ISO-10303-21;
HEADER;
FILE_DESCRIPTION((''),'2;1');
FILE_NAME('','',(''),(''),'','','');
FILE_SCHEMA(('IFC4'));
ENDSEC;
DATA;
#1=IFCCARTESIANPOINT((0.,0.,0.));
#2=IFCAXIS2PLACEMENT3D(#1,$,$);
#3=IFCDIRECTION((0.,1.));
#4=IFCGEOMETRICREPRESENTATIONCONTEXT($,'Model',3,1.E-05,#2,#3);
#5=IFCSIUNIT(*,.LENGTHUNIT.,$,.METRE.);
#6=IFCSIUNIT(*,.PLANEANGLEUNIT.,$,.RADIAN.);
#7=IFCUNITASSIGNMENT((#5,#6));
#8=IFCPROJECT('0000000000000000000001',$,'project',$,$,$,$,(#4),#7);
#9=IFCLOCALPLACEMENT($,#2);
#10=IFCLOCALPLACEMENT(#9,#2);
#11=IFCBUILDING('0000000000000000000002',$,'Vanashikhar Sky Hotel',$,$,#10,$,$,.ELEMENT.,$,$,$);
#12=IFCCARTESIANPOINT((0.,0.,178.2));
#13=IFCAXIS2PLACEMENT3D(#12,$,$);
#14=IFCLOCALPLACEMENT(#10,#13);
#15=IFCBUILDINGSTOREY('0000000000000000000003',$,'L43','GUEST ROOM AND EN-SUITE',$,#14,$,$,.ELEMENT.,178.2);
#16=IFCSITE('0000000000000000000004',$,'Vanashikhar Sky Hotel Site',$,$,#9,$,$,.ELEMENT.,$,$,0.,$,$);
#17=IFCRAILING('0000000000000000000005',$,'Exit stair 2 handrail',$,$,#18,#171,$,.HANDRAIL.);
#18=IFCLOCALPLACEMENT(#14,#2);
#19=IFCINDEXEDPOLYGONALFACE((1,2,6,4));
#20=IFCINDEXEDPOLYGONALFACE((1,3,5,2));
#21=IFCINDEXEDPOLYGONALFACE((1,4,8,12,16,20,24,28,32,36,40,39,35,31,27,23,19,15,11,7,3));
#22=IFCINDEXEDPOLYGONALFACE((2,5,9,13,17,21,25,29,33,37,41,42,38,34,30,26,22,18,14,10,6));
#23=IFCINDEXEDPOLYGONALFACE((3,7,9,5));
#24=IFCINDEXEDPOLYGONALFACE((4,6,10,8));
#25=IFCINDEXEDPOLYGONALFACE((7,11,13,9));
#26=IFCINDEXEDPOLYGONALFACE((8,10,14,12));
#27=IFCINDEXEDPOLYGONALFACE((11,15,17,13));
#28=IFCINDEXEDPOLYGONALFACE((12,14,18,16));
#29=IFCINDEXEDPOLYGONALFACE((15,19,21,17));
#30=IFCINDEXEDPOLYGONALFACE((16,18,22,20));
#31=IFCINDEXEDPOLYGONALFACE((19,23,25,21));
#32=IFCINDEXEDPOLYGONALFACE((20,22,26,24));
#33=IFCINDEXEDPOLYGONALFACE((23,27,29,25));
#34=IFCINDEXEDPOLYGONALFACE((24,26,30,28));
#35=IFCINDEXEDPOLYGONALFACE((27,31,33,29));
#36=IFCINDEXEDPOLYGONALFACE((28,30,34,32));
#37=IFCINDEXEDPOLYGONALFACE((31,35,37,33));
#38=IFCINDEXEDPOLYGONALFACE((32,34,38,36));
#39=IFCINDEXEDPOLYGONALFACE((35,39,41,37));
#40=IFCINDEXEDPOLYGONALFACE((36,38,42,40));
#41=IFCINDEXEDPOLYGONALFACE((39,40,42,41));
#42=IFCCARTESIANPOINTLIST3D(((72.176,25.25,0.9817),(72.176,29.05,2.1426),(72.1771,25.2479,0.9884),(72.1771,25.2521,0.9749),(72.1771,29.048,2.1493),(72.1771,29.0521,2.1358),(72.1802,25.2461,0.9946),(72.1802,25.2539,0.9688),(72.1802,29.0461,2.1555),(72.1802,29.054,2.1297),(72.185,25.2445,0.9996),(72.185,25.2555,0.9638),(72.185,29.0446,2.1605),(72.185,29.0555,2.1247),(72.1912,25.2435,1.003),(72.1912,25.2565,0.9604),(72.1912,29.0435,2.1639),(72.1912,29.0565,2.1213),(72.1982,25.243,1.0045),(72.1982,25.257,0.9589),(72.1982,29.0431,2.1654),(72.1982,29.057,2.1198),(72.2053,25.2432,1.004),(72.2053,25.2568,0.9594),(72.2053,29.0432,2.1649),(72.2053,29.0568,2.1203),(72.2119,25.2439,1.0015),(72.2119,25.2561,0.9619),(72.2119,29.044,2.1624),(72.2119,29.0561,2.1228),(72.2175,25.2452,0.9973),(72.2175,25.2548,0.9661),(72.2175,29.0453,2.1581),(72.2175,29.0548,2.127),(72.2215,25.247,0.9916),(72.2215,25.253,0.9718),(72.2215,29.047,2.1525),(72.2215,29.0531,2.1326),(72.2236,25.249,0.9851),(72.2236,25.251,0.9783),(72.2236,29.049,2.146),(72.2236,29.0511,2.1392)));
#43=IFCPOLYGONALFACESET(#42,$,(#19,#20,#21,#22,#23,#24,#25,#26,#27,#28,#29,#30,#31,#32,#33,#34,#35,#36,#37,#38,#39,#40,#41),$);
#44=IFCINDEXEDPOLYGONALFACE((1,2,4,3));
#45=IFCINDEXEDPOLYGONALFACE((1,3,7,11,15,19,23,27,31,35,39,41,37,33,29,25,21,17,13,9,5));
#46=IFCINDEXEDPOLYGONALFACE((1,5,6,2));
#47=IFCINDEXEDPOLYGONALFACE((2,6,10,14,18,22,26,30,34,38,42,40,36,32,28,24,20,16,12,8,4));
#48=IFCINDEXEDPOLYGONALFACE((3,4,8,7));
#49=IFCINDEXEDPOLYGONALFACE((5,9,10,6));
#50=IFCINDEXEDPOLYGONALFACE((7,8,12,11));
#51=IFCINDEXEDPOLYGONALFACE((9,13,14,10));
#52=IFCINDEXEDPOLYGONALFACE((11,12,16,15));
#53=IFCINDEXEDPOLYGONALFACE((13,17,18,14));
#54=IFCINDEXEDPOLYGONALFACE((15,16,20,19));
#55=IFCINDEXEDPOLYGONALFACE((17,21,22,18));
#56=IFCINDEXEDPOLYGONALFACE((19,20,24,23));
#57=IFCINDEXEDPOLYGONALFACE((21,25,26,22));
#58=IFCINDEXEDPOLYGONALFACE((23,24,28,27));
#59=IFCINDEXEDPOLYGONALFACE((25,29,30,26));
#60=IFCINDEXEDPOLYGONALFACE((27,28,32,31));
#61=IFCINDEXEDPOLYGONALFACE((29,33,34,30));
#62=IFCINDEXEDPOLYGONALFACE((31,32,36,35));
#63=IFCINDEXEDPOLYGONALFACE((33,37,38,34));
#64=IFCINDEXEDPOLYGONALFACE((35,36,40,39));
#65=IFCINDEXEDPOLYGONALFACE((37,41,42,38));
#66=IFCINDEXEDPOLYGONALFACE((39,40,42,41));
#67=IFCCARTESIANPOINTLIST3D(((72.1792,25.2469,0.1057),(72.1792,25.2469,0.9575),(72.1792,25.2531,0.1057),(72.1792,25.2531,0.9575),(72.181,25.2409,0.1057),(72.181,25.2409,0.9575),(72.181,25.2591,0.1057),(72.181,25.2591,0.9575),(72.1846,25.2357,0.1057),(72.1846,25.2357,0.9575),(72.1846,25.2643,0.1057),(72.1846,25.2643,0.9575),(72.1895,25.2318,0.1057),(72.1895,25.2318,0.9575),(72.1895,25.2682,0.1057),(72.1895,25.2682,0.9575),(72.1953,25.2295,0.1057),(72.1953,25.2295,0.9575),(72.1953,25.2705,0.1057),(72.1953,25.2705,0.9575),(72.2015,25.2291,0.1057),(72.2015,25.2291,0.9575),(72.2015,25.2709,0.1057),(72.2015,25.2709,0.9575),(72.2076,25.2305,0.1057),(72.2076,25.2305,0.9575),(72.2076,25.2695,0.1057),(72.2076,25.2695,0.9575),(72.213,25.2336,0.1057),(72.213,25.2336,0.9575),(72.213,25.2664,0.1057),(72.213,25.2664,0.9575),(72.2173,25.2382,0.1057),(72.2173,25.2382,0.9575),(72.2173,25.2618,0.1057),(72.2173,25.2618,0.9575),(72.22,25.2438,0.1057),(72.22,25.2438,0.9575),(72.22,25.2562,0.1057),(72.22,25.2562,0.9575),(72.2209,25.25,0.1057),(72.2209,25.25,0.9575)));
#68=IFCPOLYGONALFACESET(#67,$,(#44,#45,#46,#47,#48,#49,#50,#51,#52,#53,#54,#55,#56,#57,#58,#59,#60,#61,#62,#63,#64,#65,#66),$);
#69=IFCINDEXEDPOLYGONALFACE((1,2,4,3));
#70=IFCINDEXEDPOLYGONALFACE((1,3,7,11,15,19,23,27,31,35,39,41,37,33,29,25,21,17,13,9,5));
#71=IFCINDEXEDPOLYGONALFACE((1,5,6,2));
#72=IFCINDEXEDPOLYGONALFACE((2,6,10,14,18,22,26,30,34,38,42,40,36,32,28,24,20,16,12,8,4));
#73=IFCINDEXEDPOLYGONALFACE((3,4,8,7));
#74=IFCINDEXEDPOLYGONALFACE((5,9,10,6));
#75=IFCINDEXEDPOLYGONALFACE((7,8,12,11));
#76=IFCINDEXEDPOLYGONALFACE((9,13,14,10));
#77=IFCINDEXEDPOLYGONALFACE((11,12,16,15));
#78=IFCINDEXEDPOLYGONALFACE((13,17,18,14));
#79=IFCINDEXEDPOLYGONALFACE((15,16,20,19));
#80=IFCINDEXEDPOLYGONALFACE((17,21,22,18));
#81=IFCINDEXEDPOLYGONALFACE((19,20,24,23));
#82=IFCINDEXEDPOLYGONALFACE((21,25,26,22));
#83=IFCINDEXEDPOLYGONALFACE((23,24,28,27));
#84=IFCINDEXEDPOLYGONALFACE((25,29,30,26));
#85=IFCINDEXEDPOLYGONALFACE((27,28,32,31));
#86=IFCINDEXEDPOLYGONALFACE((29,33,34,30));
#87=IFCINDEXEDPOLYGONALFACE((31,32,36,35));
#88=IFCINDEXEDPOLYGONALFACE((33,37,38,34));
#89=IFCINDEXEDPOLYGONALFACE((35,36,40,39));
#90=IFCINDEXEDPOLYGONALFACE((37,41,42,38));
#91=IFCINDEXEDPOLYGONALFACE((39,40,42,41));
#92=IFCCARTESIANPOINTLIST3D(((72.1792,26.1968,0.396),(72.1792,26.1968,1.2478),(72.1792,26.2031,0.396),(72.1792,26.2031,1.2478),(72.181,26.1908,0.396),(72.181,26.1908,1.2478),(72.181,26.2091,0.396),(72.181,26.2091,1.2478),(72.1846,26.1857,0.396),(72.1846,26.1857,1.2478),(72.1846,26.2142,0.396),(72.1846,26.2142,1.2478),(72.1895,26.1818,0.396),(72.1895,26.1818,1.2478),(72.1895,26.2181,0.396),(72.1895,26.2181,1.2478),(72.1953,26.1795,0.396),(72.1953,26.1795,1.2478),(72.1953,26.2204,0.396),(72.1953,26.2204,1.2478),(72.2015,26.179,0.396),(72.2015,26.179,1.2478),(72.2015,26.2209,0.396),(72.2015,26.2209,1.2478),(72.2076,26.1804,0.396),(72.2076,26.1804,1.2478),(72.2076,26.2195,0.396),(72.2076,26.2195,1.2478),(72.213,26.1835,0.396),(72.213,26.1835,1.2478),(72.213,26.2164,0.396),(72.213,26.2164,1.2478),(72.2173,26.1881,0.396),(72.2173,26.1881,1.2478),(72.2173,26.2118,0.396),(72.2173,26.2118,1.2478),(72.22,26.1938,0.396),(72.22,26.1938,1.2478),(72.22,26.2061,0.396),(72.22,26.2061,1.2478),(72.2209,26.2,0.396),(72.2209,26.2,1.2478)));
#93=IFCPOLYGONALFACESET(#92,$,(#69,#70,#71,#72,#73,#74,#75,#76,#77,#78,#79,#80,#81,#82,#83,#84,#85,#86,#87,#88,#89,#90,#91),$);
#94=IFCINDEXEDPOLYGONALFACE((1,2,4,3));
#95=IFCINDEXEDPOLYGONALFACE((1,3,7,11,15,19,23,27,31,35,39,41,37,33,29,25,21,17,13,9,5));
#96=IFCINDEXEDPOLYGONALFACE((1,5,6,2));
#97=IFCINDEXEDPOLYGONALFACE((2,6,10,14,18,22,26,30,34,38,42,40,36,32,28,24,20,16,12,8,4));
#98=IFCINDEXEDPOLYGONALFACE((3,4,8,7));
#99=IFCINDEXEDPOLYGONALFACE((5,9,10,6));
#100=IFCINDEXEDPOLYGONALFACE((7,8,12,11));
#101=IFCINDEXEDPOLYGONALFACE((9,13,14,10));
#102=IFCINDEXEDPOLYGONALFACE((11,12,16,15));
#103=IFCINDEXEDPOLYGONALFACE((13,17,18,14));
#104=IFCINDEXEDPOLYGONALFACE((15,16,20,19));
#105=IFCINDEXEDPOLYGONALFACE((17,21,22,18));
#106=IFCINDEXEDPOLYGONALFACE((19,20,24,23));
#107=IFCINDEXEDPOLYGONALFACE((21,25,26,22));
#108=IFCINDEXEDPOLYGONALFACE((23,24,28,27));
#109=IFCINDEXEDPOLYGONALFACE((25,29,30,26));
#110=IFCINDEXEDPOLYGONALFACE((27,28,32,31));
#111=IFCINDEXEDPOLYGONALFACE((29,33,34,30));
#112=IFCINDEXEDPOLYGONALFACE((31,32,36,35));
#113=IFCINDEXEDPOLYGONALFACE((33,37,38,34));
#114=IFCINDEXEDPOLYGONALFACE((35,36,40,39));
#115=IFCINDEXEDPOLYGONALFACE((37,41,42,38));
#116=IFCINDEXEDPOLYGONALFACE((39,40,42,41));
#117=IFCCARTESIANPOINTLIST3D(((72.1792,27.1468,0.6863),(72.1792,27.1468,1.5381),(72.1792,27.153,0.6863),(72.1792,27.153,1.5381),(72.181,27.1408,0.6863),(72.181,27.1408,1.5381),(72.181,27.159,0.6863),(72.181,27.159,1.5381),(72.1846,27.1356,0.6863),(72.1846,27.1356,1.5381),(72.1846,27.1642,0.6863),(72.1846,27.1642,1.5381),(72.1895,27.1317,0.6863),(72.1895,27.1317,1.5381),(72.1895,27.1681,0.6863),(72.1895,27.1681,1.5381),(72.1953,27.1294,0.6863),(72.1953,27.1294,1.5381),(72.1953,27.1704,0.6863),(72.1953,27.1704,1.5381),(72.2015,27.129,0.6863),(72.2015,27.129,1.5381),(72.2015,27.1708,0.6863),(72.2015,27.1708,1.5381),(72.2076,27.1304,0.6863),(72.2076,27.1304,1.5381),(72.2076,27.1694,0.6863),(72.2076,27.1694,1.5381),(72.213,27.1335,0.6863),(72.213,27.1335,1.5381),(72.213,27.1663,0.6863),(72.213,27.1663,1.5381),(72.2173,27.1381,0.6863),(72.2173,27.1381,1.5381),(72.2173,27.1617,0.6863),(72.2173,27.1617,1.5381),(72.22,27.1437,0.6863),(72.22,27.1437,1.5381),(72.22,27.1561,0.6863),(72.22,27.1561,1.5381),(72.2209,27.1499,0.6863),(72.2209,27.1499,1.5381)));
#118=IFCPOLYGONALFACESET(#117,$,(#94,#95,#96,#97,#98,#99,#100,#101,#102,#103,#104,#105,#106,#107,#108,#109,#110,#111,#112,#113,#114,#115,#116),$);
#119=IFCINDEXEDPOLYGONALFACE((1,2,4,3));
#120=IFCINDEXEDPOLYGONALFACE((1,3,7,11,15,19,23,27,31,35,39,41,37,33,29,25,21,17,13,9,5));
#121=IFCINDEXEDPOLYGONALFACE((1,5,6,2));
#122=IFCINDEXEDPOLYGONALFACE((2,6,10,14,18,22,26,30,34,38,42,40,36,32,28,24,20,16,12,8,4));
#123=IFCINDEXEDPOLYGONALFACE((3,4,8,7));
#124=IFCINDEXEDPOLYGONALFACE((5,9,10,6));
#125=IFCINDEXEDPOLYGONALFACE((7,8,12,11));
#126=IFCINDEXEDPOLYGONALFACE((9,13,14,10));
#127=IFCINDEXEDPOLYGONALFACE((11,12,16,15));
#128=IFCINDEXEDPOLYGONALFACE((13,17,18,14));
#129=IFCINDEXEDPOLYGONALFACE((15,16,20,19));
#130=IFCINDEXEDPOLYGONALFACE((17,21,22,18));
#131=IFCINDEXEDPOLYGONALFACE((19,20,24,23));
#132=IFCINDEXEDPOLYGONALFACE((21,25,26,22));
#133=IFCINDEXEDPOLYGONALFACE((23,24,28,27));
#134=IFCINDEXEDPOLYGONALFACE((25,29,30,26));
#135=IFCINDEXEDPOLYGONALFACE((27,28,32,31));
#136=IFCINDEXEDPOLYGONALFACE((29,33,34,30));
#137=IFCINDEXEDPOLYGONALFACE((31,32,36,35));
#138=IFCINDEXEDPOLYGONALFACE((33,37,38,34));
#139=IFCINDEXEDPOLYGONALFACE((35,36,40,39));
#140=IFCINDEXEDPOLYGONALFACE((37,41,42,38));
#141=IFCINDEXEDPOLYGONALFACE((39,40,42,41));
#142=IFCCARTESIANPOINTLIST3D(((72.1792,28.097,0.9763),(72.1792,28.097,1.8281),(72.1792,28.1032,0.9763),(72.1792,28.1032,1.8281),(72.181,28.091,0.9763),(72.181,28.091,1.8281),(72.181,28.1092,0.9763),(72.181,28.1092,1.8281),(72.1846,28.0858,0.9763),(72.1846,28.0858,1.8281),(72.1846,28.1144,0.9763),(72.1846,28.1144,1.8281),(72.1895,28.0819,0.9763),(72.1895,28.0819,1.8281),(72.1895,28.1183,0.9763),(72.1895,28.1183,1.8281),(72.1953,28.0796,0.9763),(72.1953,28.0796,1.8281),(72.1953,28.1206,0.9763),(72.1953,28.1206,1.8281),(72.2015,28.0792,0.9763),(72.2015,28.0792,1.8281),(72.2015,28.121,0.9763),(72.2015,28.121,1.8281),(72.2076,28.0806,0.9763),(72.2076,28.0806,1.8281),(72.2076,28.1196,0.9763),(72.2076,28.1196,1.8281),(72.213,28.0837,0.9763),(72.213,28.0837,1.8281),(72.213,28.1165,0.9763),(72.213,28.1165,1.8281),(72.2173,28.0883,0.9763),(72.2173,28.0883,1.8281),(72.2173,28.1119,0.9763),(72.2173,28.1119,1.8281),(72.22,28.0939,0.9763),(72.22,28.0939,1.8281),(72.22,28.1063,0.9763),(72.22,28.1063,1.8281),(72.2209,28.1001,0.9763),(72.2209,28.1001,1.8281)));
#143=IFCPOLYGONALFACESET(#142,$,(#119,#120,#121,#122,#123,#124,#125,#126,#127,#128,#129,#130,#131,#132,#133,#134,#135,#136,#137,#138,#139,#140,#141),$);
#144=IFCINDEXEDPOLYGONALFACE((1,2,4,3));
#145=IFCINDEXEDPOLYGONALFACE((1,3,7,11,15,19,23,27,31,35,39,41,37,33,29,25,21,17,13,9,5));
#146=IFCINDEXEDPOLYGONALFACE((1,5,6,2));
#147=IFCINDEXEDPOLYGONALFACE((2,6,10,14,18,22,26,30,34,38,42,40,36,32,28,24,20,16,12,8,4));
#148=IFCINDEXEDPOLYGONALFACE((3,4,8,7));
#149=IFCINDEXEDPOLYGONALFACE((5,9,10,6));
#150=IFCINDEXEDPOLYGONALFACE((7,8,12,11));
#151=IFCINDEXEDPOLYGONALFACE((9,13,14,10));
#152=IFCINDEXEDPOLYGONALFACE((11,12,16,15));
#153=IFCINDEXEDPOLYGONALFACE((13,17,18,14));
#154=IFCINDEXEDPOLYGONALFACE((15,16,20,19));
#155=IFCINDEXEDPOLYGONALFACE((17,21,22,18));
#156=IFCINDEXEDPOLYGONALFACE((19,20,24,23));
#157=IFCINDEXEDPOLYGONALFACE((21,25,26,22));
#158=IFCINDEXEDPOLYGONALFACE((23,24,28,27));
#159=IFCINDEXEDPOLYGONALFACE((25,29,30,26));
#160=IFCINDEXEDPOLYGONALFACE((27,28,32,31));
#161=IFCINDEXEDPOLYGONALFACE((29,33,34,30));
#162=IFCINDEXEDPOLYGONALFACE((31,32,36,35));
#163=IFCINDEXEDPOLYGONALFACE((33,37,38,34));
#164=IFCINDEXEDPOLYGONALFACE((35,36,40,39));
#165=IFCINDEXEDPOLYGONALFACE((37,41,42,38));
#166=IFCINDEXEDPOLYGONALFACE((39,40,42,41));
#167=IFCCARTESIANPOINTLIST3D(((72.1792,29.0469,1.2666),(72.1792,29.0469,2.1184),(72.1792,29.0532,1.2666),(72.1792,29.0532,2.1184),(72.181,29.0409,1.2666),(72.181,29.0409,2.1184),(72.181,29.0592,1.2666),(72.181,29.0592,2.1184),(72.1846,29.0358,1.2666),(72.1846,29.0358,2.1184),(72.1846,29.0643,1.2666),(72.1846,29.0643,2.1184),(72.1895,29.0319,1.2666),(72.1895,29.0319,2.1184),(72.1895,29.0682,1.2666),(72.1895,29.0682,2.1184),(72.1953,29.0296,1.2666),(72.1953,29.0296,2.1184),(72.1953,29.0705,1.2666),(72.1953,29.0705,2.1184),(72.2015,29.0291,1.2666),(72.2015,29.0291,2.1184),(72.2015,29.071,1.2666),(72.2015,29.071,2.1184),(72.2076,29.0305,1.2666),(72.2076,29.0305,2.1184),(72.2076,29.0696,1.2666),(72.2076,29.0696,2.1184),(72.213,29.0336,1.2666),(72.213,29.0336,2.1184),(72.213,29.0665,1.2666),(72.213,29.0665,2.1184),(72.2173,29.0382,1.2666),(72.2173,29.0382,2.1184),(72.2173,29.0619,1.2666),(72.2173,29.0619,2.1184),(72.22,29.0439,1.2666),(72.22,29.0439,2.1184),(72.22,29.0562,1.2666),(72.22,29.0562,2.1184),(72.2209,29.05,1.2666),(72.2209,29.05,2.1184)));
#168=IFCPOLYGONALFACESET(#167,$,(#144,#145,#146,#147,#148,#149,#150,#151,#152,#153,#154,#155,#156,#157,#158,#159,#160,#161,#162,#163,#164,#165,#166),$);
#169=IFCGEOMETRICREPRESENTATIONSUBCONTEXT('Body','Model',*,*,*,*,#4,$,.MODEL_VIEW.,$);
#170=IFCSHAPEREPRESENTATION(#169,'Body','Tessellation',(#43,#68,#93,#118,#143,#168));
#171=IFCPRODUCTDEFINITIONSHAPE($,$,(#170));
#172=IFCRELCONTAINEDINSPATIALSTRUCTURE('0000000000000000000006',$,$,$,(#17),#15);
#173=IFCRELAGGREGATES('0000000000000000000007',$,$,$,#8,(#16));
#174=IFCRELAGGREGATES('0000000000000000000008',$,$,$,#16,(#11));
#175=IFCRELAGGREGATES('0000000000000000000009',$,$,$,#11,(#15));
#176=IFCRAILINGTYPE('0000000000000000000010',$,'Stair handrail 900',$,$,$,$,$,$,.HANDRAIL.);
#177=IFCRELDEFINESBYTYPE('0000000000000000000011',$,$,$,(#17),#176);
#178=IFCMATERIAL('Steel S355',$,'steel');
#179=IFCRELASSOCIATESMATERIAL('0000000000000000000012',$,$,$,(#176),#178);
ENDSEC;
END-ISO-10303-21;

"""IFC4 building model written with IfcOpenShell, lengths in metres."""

from ifc_helpers import new_model, si_unit, direction, frame, origin, origin_2d, place, context, subcontext, project, spatial, circle, extrude, source, transform, mapped, material, type_object, element, save


model = new_model("IFC4")

# Units and contexts
model_context = context("Model", 3, precision=1e-05, world=origin(), true_north=direction((0.0, 1.0)))
body_context = subcontext(model_context, "Body", "Model", "MODEL_VIEW")
ifc_project = project(units=[si_unit("LENGTHUNIT", "METRE"), si_unit("PLANEANGLEUNIT", "RADIAN")], contexts=[model_context])

# Site, building, storey
site_placement = place(None, origin())
site = spatial("IfcSite", under=ifc_project, at=site_placement, Name="Vanashikhar Sky Hotel Site", CompositionType="ELEMENT", RefElevation=0.0)
building_placement = place(site_placement, origin())
building = spatial("IfcBuilding", under=site, at=building_placement, Name="Vanashikhar Sky Hotel", CompositionType="ELEMENT")
storey_placement = place(building_placement, frame((0.0, 0.0, 178.2)))
storey = spatial("IfcBuildingStorey", under=building, at=storey_placement, Name="L43", Description="GUEST ROOM AND EN-SUITE", CompositionType="ELEMENT", Elevation=178.2)

# Railing
ifc_material_1 = material(Name="Steel S355", Category="steel")
railing_type_1 = type_object("IfcRailingType", Name="Stair handrail 900", PredefinedType="HANDRAIL", material=ifc_material_1)
shared_shape_1 = source(origin(), body_context, "Body", "SweptSolid", [
    extrude(circle(Radius=0.0239, at=origin_2d()), frame((0.0, 0.0, 0.876), z_axis=(0.0, 0.956368, 0.292164), x_axis=(-1.0, 0.0, 0.0)), (0.0, 0.0, 1.0), 3.9734),
    extrude(circle(Radius=0.021, at=origin_2d()), origin(), (0.0, 0.0, 1.0), 0.8518),
    extrude(circle(Radius=0.021, at=origin_2d()), frame((0.0, 0.95, 0.2903)), (0.0, 0.0, 1.0), 0.8518),
    extrude(circle(Radius=0.021, at=origin_2d()), frame((0.0, 1.8999, 0.5806)), (0.0, 0.0, 1.0), 0.8518),
    extrude(circle(Radius=0.021, at=origin_2d()), frame((0.0, 2.8501, 0.8706)), (0.0, 0.0, 1.0), 0.8518),
    extrude(circle(Radius=0.021, at=origin_2d()), frame((0.0, 3.8, 1.1609)), (0.0, 0.0, 1.0), 0.8518),
])
railing_1_placement = place(storey_placement, frame((72.2, 25.25, 0.1057)))
element("IfcRailing", 1, at=railing_1_placement, inside=storey, type_object=railing_type_1, Name="Exit stair 2 handrail", PredefinedType="HANDRAIL", context=body_context, shape_type="MappedRepresentation", body=[
    mapped(shared_shape_1, transform((0.0, 0.0, 0.0), scale=1.0)),
])

save(model, "model.ifc")
